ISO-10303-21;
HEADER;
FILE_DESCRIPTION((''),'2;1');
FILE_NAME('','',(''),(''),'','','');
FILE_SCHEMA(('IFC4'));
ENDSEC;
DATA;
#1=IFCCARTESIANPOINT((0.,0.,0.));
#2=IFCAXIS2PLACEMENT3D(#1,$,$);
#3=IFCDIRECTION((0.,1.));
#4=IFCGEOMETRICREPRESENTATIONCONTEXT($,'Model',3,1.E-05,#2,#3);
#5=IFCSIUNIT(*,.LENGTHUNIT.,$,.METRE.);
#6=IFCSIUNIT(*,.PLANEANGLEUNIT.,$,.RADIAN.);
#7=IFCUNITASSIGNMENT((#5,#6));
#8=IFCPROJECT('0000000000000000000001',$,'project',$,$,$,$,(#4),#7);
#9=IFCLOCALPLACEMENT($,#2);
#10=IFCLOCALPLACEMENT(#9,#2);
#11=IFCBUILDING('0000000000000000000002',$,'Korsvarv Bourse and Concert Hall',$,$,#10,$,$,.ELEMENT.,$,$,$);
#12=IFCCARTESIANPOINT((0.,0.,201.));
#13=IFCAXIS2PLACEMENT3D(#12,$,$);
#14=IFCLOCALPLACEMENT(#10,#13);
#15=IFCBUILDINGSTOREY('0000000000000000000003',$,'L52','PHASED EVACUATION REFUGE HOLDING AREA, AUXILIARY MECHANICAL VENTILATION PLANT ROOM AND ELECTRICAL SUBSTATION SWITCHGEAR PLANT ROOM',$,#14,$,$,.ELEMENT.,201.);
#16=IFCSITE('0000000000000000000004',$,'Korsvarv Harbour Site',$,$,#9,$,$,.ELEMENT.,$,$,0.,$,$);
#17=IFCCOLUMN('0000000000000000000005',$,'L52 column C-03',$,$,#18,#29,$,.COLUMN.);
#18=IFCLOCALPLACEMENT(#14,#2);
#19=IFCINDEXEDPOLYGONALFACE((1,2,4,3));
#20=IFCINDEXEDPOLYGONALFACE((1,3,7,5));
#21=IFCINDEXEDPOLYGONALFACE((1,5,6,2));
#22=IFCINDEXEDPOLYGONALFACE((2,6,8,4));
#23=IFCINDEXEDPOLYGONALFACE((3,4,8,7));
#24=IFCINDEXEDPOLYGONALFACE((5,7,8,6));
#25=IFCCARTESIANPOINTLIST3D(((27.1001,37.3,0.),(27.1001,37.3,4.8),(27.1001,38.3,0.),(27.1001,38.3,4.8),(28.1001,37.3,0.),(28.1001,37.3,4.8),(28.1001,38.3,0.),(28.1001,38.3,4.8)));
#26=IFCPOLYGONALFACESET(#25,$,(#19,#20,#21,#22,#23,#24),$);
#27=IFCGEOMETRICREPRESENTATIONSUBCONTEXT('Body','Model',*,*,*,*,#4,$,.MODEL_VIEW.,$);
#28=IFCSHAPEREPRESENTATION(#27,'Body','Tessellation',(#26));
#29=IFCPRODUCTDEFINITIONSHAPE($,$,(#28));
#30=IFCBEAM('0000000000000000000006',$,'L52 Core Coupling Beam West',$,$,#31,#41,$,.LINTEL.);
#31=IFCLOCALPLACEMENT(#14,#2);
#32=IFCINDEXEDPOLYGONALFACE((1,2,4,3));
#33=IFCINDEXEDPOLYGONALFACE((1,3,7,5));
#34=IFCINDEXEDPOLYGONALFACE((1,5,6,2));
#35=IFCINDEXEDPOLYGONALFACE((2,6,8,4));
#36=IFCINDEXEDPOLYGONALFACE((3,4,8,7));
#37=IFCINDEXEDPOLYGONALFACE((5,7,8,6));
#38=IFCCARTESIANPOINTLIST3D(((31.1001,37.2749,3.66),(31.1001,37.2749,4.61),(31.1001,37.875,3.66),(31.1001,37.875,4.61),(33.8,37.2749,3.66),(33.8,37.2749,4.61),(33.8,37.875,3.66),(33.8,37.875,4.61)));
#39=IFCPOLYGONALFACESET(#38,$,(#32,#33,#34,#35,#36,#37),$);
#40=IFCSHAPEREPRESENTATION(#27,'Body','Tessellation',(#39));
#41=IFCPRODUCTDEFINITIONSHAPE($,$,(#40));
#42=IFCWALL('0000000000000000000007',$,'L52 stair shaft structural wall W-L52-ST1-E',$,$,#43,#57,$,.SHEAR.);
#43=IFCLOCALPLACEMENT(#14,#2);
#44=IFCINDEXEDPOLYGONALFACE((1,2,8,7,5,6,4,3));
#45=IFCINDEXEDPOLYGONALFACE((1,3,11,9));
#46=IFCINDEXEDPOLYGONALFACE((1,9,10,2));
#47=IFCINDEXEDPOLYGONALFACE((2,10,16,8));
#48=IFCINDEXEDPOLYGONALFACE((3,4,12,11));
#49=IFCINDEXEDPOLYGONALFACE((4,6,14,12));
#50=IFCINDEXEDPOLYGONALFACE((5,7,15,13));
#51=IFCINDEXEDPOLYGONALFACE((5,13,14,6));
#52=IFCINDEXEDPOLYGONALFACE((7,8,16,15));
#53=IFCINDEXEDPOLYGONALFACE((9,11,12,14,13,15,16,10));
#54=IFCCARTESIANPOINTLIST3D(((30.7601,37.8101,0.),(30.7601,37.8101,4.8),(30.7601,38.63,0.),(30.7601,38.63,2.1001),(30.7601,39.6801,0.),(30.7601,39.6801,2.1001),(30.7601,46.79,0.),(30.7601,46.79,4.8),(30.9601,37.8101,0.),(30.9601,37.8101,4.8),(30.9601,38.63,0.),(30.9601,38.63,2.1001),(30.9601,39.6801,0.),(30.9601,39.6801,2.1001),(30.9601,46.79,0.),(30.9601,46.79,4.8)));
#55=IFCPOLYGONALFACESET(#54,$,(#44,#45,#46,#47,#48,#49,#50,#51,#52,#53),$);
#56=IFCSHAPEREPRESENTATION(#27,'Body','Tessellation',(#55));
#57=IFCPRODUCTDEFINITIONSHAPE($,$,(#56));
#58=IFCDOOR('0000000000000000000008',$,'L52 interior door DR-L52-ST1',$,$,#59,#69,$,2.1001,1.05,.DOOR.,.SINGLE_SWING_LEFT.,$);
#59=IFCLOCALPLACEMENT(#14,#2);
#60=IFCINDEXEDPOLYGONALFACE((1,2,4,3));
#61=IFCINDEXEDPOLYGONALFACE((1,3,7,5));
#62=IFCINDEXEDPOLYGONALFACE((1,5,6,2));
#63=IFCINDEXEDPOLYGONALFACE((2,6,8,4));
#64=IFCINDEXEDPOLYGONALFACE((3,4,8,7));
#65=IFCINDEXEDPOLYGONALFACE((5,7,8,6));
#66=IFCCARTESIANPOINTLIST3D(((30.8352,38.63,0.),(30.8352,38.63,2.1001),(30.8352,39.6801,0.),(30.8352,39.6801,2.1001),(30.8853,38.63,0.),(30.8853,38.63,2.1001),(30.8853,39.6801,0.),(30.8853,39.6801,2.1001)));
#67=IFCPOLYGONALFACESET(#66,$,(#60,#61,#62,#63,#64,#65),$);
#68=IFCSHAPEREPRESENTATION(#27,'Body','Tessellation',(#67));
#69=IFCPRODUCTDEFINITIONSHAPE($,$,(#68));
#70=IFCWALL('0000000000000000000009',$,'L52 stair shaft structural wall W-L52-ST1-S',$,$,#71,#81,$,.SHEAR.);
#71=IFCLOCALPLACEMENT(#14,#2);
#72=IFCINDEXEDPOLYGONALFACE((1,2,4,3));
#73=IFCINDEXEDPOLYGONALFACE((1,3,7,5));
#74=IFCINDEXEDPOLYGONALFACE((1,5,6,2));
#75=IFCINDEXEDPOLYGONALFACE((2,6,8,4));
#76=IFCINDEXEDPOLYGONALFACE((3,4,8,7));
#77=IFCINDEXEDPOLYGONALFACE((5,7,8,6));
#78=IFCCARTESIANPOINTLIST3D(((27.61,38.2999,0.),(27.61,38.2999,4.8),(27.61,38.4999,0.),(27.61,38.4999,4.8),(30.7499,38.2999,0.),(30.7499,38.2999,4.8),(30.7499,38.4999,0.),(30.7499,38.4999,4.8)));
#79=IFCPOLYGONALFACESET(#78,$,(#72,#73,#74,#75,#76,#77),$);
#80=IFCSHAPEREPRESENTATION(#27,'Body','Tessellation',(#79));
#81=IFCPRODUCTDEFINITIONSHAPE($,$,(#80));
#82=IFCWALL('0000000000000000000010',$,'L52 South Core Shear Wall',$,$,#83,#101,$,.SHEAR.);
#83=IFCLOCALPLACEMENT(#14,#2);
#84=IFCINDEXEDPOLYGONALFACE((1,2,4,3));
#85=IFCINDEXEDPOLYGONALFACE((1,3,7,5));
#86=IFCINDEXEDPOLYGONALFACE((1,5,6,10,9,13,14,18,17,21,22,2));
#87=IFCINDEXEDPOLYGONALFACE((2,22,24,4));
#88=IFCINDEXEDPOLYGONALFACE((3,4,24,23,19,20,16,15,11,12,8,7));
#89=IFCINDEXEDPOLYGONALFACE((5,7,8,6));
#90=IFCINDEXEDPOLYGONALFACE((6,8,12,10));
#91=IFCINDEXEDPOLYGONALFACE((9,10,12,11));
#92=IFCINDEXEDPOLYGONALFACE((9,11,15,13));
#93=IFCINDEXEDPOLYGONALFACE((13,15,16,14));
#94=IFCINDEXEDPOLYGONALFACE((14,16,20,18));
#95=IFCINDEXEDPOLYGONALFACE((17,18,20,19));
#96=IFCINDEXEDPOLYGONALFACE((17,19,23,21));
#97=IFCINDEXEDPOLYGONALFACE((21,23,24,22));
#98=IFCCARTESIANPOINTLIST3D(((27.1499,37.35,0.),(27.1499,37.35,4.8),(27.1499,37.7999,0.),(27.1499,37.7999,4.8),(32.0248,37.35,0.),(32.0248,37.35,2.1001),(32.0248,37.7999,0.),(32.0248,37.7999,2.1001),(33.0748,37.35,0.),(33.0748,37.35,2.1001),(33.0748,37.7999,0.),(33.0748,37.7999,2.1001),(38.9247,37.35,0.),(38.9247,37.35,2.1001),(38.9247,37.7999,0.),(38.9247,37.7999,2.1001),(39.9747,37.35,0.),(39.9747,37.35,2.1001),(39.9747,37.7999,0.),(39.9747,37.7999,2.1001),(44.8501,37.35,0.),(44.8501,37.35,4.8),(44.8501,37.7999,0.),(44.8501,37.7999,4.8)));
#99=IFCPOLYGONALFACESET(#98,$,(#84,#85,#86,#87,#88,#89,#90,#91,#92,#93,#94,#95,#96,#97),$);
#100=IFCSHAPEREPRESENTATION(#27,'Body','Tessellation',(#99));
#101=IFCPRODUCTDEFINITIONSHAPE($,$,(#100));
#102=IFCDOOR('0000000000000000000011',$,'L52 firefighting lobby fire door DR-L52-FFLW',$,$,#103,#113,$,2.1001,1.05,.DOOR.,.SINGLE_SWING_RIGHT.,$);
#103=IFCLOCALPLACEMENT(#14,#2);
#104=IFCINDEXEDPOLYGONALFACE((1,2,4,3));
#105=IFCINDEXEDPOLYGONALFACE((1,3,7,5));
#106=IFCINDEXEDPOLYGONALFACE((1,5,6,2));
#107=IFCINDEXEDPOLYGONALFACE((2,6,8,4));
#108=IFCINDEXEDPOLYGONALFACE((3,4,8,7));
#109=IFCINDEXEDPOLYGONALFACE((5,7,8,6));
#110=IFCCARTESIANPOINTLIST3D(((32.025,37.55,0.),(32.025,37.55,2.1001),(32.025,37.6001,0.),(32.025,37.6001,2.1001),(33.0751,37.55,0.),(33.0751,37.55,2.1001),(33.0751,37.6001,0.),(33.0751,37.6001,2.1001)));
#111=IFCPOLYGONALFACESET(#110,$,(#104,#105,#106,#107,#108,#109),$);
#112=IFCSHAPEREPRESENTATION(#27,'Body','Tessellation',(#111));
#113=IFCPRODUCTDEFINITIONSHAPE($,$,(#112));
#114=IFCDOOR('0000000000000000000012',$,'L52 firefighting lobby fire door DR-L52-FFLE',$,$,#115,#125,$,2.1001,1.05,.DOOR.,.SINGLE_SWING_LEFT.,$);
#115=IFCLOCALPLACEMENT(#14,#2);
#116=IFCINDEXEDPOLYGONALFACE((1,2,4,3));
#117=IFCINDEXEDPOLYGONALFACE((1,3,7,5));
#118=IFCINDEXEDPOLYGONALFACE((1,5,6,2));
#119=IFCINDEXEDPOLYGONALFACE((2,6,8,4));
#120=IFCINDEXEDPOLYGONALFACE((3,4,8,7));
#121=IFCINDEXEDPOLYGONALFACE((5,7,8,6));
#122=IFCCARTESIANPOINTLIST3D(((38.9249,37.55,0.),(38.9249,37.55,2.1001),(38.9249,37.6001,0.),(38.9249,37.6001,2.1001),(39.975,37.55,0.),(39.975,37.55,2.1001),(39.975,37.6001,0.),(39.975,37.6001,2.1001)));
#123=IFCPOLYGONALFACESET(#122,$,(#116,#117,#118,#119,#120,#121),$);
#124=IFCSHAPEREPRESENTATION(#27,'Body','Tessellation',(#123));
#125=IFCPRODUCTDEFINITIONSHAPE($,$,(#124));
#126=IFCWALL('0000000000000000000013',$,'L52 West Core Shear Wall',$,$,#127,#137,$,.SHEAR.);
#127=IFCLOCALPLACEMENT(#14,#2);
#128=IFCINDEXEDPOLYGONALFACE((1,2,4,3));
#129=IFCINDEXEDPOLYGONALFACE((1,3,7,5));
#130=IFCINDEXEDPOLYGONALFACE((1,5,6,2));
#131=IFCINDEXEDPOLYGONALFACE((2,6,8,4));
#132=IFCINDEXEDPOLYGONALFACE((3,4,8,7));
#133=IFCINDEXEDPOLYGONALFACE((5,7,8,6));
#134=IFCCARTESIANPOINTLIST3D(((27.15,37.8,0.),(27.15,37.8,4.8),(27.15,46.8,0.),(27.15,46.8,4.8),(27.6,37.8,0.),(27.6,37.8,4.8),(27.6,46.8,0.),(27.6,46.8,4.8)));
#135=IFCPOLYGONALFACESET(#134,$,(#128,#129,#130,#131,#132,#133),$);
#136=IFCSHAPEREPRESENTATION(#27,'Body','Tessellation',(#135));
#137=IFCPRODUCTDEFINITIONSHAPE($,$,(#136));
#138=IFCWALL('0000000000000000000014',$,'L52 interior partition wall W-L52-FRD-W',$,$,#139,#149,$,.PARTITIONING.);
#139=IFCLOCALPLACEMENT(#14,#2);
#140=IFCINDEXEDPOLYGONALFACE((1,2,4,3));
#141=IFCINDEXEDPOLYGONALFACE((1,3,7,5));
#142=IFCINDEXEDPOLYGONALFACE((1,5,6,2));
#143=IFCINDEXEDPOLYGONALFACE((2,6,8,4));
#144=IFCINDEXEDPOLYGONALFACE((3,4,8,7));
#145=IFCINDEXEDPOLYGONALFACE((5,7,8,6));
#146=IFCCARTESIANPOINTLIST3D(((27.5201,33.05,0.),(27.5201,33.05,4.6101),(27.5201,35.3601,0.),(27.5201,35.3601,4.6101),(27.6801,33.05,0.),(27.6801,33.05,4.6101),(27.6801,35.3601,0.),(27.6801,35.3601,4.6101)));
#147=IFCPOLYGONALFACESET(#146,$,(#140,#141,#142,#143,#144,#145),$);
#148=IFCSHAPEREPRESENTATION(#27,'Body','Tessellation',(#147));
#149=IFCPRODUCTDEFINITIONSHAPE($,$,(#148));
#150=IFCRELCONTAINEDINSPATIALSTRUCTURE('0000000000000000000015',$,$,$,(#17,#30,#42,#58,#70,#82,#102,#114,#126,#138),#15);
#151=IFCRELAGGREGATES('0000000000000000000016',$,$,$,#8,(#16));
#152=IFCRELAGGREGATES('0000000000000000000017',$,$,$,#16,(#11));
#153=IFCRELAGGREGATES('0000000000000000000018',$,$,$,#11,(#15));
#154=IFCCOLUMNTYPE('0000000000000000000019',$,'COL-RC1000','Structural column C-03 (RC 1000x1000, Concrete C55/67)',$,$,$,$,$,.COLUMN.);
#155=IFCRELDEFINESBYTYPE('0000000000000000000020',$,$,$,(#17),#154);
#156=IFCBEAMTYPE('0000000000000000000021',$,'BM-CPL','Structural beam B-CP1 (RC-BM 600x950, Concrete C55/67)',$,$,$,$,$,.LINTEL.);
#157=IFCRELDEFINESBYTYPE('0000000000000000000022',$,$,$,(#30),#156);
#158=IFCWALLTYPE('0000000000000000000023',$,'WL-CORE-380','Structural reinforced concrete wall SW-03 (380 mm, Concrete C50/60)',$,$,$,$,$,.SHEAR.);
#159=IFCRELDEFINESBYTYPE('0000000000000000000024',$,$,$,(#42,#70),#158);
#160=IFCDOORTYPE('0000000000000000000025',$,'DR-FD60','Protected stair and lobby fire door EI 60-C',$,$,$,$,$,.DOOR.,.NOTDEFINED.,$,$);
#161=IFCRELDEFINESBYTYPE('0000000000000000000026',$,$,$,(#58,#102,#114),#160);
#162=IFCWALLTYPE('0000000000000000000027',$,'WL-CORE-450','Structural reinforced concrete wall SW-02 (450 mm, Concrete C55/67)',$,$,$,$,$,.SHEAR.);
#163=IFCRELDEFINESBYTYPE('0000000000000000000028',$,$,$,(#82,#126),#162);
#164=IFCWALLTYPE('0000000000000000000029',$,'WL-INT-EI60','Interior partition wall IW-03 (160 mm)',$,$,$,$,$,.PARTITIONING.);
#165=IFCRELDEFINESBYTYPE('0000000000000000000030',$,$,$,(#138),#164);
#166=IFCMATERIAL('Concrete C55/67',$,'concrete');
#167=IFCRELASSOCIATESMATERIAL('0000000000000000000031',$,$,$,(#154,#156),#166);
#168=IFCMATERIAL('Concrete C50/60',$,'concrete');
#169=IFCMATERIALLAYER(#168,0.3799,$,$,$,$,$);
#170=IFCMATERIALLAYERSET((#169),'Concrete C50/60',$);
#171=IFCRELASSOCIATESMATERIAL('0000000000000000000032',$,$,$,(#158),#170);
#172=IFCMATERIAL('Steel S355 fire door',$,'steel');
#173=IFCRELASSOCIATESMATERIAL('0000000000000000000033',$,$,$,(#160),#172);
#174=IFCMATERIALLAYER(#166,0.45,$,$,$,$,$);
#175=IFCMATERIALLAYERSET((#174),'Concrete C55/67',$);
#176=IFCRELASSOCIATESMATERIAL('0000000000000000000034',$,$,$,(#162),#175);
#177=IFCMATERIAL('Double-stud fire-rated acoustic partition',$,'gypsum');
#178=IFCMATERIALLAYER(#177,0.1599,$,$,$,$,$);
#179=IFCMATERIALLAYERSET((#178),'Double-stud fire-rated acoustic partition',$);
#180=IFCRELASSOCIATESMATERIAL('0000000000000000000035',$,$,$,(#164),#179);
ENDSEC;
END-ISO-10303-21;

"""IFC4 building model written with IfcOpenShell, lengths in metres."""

from ifc_helpers import new_model, si_unit, direction, frame, frame_2d, origin, origin_2d, place, context, subcontext, project, spatial, rectangle, extrude, source, transform, mapped, material, layer, layer_set, material_profile, profile_set, type_object, element, fill, save


model = new_model("IFC4")

# Units and contexts
model_context = context("Model", 3, precision=1e-05, world=origin(), true_north=direction((0.0, 1.0)))
body_context = subcontext(model_context, "Body", "Model", "MODEL_VIEW")
ifc_project = project(units=[si_unit("LENGTHUNIT", "METRE"), si_unit("PLANEANGLEUNIT", "RADIAN")], contexts=[model_context])

# Site, building, storey
site_placement = place(None, origin())
site = spatial("IfcSite", under=ifc_project, at=site_placement, Name="Korsvarv Harbour Site", CompositionType="ELEMENT", RefElevation=0.0)
building_placement = place(site_placement, origin())
building = spatial("IfcBuilding", under=site, at=building_placement, Name="Korsvarv Bourse and Concert Hall", CompositionType="ELEMENT")
storey_placement = place(building_placement, frame((0.0, 0.0, 201.0)))
storey = spatial("IfcBuildingStorey", under=building, at=storey_placement, Name="L52", Description="PHASED EVACUATION REFUGE HOLDING AREA, AUXILIARY MECHANICAL VENTILATION PLANT ROOM AND ELECTRICAL SUBSTATION SWITCHGEAR PLANT ROOM", CompositionType="ELEMENT", Elevation=201.0)

# Column
ifc_material_1 = material(Name="Concrete C55/67", Category="concrete")
ifc_material_profile_1 = material_profile(ifc_material_1, rectangle(XDim=1.0, YDim=1.0, at=origin_2d()), Name="RC 1000x1000")
ifc_profile_set_1 = profile_set([ifc_material_profile_1], Name="Concrete C55/67")
column_type = type_object("IfcColumnType", Name="COL-RC1000", Description="Structural column C-03 (RC 1000x1000, Concrete C55/67)", PredefinedType="COLUMN", material=ifc_profile_set_1)
shared_shape_1 = source(origin(), body_context, "Body", "SweptSolid", [
    extrude(rectangle(XDim=1.0, YDim=1.0, at=origin_2d()), origin(), (0.0, 0.0, 1.0), 4.8),
])
column_placement = place(storey_placement, frame((27.6001, 37.8, 0.0), z_axis=(0.0, 0.0, 1.0), x_axis=(1.0, 0.0, 0.0)))
element("IfcColumn", 1, at=column_placement, inside=storey, type_object=column_type, Name="L52 column C-03", PredefinedType="COLUMN", context=body_context, shape_type="MappedRepresentation", body=[
    mapped(shared_shape_1, transform((0.0, 0.0, 0.0), scale=1.0)),
])

# Beam
ifc_material_profile_2 = material_profile(ifc_material_1, rectangle(XDim=0.6001, YDim=0.95, at=origin_2d()), Name="RC-BM 600x950")
ifc_profile_set_2 = profile_set([ifc_material_profile_2], Name="Concrete C55/67")
beam_type = type_object("IfcBeamType", Name="BM-CPL", Description="Structural beam B-CP1 (RC-BM 600x950, Concrete C55/67)", PredefinedType="LINTEL", material=ifc_profile_set_2)
shared_shape_2 = source(origin(), body_context, "Body", "SweptSolid", [
    extrude(rectangle(XDim=0.6001, YDim=0.95, at=origin_2d()), origin(), (0.0, 0.0, 1.0), 2.7),
])
beam_placement = place(storey_placement, frame((31.1001, 37.575, 4.135), z_axis=(1.0, 0.0, 0.0), x_axis=(0.0, 1.0, 0.0)))
element("IfcBeam", 2, at=beam_placement, inside=storey, type_object=beam_type, Name="L52 Core Coupling Beam West", PredefinedType="LINTEL", context=body_context, shape_type="MappedRepresentation", body=[
    mapped(shared_shape_2, transform((0.0, 0.0, 0.0), scale=1.0)),
])

# Wall, opening, door
ifc_material_2 = material(Name="Concrete C50/60", Category="concrete")
ifc_layer_1 = layer(ifc_material_2, 0.3799)
ifc_layer_set_1 = layer_set([ifc_layer_1], Name="Concrete C50/60")
wall_type_1 = type_object("IfcWallType", Name="WL-CORE-380", Description="Structural reinforced concrete wall SW-03 (380 mm, Concrete C50/60)", PredefinedType="SHEAR", material=ifc_layer_set_1)
wall_1_placement = place(storey_placement, frame((30.8601, 37.8101, 0.0), z_axis=(0.0, 0.0, 1.0), x_axis=(0.0, 1.0, 0.0)))
wall_1 = element("IfcWall", 3, at=wall_1_placement, inside=storey, type_object=wall_type_1, Name="L52 stair shaft structural wall W-L52-ST1-E", PredefinedType="SHEAR", context=body_context, shape_type="SweptSolid", body=[
    extrude(rectangle(XDim=8.98, YDim=0.2, at=frame_2d((4.49, 0.0))), origin(), (0.0, 0.0, 1.0), 4.8),
])
opening_1_placement = place(wall_1_placement, frame((0.8201, 0.0, 0.0)))
opening_1 = element("IfcOpeningElement", 4, at=opening_1_placement, cuts=wall_1, PredefinedType="OPENING", context=body_context, shape_type="SweptSolid", body=[
    extrude(rectangle(XDim=1.05, YDim=2.1001, at=frame_2d((0.5249, 1.05))), frame((0.0, 0.1099, 0.0), z_axis=(0.0, -1.0, 0.0), x_axis=(1.0, 0.0, 0.0)), (0.0, 0.0, 1.0), 0.22),
])
ifc_material_3 = material(Name="Steel S355 fire door", Category="steel")
door_type_1 = type_object("IfcDoorType", Name="DR-FD60", Description="Protected stair and lobby fire door EI 60-C", OperationType="NOTDEFINED", PredefinedType="DOOR", material=ifc_material_3)
door_1_placement = place(opening_1_placement, origin())
door_1 = element("IfcDoor", 5, at=door_1_placement, inside=storey, type_object=door_type_1, Name="L52 interior door DR-L52-ST1", OperationType="SINGLE_SWING_LEFT", OverallHeight=2.1001, OverallWidth=1.05, PredefinedType="DOOR", context=body_context, shape_type="SweptSolid", body=[
    extrude(rectangle(XDim=1.05, YDim=2.1001, at=frame_2d((0.5249, 1.05))), frame((0.0, 0.0249, 0.0), z_axis=(0.0, -1.0, 0.0), x_axis=(1.0, 0.0, 0.0)), (0.0, 0.0, 1.0), 0.05),
])
fill(opening_1, door_1)

# Wall
wall_2_placement = place(storey_placement, frame((27.6101, 38.3999, 0.0), z_axis=(0.0, 0.0, 1.0), x_axis=(1.0, 0.0, 0.0)))
element("IfcWall", 6, at=wall_2_placement, inside=storey, type_object=wall_type_1, Name="L52 stair shaft structural wall W-L52-ST1-S", PredefinedType="SHEAR", context=body_context, shape_type="SweptSolid", body=[
    extrude(rectangle(XDim=3.1399, YDim=0.2, at=frame_2d((1.5698, 0.0))), origin(), (0.0, 0.0, 1.0), 4.8),
])

# Wall, openings, doors
ifc_layer_2 = layer(ifc_material_1, 0.45)
ifc_layer_set_2 = layer_set([ifc_layer_2], Name="Concrete C55/67")
wall_type_2 = type_object("IfcWallType", Name="WL-CORE-450", Description="Structural reinforced concrete wall SW-02 (450 mm, Concrete C55/67)", PredefinedType="SHEAR", material=ifc_layer_set_2)
wall_3_placement = place(storey_placement, frame((27.1499, 37.575, 0.0), z_axis=(0.0, 0.0, 1.0), x_axis=(1.0, 0.0, 0.0)))
wall_3 = element("IfcWall", 7, at=wall_3_placement, inside=storey, type_object=wall_type_2, Name="L52 South Core Shear Wall", PredefinedType="SHEAR", context=body_context, shape_type="SweptSolid", body=[
    extrude(rectangle(XDim=17.7002, YDim=0.45, at=frame_2d((8.8501, 0.0))), origin(), (0.0, 0.0, 1.0), 4.8),
])
opening_2_placement = place(wall_3_placement, frame((4.875, 0.0, 0.0)))
opening_2 = element("IfcOpeningElement", 8, at=opening_2_placement, cuts=wall_3, PredefinedType="OPENING", context=body_context, shape_type="SweptSolid", body=[
    extrude(rectangle(XDim=1.05, YDim=2.1001, at=frame_2d((0.5249, 1.05))), frame((0.0, 0.2349, 0.0), z_axis=(0.0, -1.0, 0.0), x_axis=(1.0, 0.0, 0.0)), (0.0, 0.0, 1.0), 0.47),
])
opening_3_placement = place(wall_3_placement, frame((11.7749, 0.0, 0.0)))
opening_3 = element("IfcOpeningElement", 9, at=opening_3_placement, cuts=wall_3, PredefinedType="OPENING", context=body_context, shape_type="SweptSolid", body=[
    extrude(rectangle(XDim=1.05, YDim=2.1001, at=frame_2d((0.5249, 1.05))), frame((0.0, 0.2349, 0.0), z_axis=(0.0, -1.0, 0.0), x_axis=(1.0, 0.0, 0.0)), (0.0, 0.0, 1.0), 0.47),
])
door_2_placement = place(opening_2_placement, frame((1.05, 0.0, 0.0), z_axis=(0.0, 0.0, 1.0), x_axis=(-1.0, 0.0, 0.0)))
door_2 = element("IfcDoor", 10, at=door_2_placement, inside=storey, type_object=door_type_1, Name="L52 firefighting lobby fire door DR-L52-FFLW", OperationType="SINGLE_SWING_RIGHT", OverallHeight=2.1001, OverallWidth=1.05, PredefinedType="DOOR", context=body_context, shape_type="SweptSolid", body=[
    extrude(rectangle(XDim=1.05, YDim=2.1001, at=frame_2d((0.5249, 1.05))), frame((0.0, 0.0249, 0.0), z_axis=(0.0, -1.0, 0.0), x_axis=(1.0, 0.0, 0.0)), (0.0, 0.0, 1.0), 0.05),
])
fill(opening_2, door_2)
door_3_placement = place(opening_3_placement, frame((1.05, 0.0, 0.0), z_axis=(0.0, 0.0, 1.0), x_axis=(-1.0, 0.0, 0.0)))
door_3 = element("IfcDoor", 11, at=door_3_placement, inside=storey, type_object=door_type_1, Name="L52 firefighting lobby fire door DR-L52-FFLE", OperationType="SINGLE_SWING_LEFT", OverallHeight=2.1001, OverallWidth=1.05, PredefinedType="DOOR", context=body_context, shape_type="SweptSolid", body=[
    extrude(rectangle(XDim=1.05, YDim=2.1001, at=frame_2d((0.5249, 1.05))), frame((0.0, 0.0249, 0.0), z_axis=(0.0, -1.0, 0.0), x_axis=(1.0, 0.0, 0.0)), (0.0, 0.0, 1.0), 0.05),
])
fill(opening_3, door_3)

# Walls
wall_4_placement = place(storey_placement, frame((27.375, 37.8, 0.0), z_axis=(0.0, 0.0, 1.0), x_axis=(0.0, 1.0, 0.0)))
element("IfcWall", 12, at=wall_4_placement, inside=storey, type_object=wall_type_2, Name="L52 West Core Shear Wall", PredefinedType="SHEAR", context=body_context, shape_type="SweptSolid", body=[
    extrude(rectangle(XDim=9.0, YDim=0.45, at=frame_2d((4.5, 0.0))), origin(), (0.0, 0.0, 1.0), 4.8),
])
ifc_material_4 = material(Name="Double-stud fire-rated acoustic partition", Category="gypsum")
ifc_layer_3 = layer(ifc_material_4, 0.1599)
ifc_layer_set_3 = layer_set([ifc_layer_3], Name="Double-stud fire-rated acoustic partition")
wall_type_3 = type_object("IfcWallType", Name="WL-INT-EI60", Description="Interior partition wall IW-03 (160 mm)", PredefinedType="PARTITIONING", material=ifc_layer_set_3)
wall_5_placement = place(storey_placement, frame((27.6001, 33.05, 0.0), z_axis=(0.0, 0.0, 1.0), x_axis=(0.0, 1.0, 0.0)))
element("IfcWall", 13, at=wall_5_placement, inside=storey, type_object=wall_type_3, Name="L52 interior partition wall W-L52-FRD-W", PredefinedType="PARTITIONING", context=body_context, shape_type="SweptSolid", body=[
    extrude(rectangle(XDim=2.3101, YDim=0.1599, at=frame_2d((1.155, 0.0))), origin(), (0.0, 0.0, 1.0), 4.6101),
])

save(model, "model.ifc")
